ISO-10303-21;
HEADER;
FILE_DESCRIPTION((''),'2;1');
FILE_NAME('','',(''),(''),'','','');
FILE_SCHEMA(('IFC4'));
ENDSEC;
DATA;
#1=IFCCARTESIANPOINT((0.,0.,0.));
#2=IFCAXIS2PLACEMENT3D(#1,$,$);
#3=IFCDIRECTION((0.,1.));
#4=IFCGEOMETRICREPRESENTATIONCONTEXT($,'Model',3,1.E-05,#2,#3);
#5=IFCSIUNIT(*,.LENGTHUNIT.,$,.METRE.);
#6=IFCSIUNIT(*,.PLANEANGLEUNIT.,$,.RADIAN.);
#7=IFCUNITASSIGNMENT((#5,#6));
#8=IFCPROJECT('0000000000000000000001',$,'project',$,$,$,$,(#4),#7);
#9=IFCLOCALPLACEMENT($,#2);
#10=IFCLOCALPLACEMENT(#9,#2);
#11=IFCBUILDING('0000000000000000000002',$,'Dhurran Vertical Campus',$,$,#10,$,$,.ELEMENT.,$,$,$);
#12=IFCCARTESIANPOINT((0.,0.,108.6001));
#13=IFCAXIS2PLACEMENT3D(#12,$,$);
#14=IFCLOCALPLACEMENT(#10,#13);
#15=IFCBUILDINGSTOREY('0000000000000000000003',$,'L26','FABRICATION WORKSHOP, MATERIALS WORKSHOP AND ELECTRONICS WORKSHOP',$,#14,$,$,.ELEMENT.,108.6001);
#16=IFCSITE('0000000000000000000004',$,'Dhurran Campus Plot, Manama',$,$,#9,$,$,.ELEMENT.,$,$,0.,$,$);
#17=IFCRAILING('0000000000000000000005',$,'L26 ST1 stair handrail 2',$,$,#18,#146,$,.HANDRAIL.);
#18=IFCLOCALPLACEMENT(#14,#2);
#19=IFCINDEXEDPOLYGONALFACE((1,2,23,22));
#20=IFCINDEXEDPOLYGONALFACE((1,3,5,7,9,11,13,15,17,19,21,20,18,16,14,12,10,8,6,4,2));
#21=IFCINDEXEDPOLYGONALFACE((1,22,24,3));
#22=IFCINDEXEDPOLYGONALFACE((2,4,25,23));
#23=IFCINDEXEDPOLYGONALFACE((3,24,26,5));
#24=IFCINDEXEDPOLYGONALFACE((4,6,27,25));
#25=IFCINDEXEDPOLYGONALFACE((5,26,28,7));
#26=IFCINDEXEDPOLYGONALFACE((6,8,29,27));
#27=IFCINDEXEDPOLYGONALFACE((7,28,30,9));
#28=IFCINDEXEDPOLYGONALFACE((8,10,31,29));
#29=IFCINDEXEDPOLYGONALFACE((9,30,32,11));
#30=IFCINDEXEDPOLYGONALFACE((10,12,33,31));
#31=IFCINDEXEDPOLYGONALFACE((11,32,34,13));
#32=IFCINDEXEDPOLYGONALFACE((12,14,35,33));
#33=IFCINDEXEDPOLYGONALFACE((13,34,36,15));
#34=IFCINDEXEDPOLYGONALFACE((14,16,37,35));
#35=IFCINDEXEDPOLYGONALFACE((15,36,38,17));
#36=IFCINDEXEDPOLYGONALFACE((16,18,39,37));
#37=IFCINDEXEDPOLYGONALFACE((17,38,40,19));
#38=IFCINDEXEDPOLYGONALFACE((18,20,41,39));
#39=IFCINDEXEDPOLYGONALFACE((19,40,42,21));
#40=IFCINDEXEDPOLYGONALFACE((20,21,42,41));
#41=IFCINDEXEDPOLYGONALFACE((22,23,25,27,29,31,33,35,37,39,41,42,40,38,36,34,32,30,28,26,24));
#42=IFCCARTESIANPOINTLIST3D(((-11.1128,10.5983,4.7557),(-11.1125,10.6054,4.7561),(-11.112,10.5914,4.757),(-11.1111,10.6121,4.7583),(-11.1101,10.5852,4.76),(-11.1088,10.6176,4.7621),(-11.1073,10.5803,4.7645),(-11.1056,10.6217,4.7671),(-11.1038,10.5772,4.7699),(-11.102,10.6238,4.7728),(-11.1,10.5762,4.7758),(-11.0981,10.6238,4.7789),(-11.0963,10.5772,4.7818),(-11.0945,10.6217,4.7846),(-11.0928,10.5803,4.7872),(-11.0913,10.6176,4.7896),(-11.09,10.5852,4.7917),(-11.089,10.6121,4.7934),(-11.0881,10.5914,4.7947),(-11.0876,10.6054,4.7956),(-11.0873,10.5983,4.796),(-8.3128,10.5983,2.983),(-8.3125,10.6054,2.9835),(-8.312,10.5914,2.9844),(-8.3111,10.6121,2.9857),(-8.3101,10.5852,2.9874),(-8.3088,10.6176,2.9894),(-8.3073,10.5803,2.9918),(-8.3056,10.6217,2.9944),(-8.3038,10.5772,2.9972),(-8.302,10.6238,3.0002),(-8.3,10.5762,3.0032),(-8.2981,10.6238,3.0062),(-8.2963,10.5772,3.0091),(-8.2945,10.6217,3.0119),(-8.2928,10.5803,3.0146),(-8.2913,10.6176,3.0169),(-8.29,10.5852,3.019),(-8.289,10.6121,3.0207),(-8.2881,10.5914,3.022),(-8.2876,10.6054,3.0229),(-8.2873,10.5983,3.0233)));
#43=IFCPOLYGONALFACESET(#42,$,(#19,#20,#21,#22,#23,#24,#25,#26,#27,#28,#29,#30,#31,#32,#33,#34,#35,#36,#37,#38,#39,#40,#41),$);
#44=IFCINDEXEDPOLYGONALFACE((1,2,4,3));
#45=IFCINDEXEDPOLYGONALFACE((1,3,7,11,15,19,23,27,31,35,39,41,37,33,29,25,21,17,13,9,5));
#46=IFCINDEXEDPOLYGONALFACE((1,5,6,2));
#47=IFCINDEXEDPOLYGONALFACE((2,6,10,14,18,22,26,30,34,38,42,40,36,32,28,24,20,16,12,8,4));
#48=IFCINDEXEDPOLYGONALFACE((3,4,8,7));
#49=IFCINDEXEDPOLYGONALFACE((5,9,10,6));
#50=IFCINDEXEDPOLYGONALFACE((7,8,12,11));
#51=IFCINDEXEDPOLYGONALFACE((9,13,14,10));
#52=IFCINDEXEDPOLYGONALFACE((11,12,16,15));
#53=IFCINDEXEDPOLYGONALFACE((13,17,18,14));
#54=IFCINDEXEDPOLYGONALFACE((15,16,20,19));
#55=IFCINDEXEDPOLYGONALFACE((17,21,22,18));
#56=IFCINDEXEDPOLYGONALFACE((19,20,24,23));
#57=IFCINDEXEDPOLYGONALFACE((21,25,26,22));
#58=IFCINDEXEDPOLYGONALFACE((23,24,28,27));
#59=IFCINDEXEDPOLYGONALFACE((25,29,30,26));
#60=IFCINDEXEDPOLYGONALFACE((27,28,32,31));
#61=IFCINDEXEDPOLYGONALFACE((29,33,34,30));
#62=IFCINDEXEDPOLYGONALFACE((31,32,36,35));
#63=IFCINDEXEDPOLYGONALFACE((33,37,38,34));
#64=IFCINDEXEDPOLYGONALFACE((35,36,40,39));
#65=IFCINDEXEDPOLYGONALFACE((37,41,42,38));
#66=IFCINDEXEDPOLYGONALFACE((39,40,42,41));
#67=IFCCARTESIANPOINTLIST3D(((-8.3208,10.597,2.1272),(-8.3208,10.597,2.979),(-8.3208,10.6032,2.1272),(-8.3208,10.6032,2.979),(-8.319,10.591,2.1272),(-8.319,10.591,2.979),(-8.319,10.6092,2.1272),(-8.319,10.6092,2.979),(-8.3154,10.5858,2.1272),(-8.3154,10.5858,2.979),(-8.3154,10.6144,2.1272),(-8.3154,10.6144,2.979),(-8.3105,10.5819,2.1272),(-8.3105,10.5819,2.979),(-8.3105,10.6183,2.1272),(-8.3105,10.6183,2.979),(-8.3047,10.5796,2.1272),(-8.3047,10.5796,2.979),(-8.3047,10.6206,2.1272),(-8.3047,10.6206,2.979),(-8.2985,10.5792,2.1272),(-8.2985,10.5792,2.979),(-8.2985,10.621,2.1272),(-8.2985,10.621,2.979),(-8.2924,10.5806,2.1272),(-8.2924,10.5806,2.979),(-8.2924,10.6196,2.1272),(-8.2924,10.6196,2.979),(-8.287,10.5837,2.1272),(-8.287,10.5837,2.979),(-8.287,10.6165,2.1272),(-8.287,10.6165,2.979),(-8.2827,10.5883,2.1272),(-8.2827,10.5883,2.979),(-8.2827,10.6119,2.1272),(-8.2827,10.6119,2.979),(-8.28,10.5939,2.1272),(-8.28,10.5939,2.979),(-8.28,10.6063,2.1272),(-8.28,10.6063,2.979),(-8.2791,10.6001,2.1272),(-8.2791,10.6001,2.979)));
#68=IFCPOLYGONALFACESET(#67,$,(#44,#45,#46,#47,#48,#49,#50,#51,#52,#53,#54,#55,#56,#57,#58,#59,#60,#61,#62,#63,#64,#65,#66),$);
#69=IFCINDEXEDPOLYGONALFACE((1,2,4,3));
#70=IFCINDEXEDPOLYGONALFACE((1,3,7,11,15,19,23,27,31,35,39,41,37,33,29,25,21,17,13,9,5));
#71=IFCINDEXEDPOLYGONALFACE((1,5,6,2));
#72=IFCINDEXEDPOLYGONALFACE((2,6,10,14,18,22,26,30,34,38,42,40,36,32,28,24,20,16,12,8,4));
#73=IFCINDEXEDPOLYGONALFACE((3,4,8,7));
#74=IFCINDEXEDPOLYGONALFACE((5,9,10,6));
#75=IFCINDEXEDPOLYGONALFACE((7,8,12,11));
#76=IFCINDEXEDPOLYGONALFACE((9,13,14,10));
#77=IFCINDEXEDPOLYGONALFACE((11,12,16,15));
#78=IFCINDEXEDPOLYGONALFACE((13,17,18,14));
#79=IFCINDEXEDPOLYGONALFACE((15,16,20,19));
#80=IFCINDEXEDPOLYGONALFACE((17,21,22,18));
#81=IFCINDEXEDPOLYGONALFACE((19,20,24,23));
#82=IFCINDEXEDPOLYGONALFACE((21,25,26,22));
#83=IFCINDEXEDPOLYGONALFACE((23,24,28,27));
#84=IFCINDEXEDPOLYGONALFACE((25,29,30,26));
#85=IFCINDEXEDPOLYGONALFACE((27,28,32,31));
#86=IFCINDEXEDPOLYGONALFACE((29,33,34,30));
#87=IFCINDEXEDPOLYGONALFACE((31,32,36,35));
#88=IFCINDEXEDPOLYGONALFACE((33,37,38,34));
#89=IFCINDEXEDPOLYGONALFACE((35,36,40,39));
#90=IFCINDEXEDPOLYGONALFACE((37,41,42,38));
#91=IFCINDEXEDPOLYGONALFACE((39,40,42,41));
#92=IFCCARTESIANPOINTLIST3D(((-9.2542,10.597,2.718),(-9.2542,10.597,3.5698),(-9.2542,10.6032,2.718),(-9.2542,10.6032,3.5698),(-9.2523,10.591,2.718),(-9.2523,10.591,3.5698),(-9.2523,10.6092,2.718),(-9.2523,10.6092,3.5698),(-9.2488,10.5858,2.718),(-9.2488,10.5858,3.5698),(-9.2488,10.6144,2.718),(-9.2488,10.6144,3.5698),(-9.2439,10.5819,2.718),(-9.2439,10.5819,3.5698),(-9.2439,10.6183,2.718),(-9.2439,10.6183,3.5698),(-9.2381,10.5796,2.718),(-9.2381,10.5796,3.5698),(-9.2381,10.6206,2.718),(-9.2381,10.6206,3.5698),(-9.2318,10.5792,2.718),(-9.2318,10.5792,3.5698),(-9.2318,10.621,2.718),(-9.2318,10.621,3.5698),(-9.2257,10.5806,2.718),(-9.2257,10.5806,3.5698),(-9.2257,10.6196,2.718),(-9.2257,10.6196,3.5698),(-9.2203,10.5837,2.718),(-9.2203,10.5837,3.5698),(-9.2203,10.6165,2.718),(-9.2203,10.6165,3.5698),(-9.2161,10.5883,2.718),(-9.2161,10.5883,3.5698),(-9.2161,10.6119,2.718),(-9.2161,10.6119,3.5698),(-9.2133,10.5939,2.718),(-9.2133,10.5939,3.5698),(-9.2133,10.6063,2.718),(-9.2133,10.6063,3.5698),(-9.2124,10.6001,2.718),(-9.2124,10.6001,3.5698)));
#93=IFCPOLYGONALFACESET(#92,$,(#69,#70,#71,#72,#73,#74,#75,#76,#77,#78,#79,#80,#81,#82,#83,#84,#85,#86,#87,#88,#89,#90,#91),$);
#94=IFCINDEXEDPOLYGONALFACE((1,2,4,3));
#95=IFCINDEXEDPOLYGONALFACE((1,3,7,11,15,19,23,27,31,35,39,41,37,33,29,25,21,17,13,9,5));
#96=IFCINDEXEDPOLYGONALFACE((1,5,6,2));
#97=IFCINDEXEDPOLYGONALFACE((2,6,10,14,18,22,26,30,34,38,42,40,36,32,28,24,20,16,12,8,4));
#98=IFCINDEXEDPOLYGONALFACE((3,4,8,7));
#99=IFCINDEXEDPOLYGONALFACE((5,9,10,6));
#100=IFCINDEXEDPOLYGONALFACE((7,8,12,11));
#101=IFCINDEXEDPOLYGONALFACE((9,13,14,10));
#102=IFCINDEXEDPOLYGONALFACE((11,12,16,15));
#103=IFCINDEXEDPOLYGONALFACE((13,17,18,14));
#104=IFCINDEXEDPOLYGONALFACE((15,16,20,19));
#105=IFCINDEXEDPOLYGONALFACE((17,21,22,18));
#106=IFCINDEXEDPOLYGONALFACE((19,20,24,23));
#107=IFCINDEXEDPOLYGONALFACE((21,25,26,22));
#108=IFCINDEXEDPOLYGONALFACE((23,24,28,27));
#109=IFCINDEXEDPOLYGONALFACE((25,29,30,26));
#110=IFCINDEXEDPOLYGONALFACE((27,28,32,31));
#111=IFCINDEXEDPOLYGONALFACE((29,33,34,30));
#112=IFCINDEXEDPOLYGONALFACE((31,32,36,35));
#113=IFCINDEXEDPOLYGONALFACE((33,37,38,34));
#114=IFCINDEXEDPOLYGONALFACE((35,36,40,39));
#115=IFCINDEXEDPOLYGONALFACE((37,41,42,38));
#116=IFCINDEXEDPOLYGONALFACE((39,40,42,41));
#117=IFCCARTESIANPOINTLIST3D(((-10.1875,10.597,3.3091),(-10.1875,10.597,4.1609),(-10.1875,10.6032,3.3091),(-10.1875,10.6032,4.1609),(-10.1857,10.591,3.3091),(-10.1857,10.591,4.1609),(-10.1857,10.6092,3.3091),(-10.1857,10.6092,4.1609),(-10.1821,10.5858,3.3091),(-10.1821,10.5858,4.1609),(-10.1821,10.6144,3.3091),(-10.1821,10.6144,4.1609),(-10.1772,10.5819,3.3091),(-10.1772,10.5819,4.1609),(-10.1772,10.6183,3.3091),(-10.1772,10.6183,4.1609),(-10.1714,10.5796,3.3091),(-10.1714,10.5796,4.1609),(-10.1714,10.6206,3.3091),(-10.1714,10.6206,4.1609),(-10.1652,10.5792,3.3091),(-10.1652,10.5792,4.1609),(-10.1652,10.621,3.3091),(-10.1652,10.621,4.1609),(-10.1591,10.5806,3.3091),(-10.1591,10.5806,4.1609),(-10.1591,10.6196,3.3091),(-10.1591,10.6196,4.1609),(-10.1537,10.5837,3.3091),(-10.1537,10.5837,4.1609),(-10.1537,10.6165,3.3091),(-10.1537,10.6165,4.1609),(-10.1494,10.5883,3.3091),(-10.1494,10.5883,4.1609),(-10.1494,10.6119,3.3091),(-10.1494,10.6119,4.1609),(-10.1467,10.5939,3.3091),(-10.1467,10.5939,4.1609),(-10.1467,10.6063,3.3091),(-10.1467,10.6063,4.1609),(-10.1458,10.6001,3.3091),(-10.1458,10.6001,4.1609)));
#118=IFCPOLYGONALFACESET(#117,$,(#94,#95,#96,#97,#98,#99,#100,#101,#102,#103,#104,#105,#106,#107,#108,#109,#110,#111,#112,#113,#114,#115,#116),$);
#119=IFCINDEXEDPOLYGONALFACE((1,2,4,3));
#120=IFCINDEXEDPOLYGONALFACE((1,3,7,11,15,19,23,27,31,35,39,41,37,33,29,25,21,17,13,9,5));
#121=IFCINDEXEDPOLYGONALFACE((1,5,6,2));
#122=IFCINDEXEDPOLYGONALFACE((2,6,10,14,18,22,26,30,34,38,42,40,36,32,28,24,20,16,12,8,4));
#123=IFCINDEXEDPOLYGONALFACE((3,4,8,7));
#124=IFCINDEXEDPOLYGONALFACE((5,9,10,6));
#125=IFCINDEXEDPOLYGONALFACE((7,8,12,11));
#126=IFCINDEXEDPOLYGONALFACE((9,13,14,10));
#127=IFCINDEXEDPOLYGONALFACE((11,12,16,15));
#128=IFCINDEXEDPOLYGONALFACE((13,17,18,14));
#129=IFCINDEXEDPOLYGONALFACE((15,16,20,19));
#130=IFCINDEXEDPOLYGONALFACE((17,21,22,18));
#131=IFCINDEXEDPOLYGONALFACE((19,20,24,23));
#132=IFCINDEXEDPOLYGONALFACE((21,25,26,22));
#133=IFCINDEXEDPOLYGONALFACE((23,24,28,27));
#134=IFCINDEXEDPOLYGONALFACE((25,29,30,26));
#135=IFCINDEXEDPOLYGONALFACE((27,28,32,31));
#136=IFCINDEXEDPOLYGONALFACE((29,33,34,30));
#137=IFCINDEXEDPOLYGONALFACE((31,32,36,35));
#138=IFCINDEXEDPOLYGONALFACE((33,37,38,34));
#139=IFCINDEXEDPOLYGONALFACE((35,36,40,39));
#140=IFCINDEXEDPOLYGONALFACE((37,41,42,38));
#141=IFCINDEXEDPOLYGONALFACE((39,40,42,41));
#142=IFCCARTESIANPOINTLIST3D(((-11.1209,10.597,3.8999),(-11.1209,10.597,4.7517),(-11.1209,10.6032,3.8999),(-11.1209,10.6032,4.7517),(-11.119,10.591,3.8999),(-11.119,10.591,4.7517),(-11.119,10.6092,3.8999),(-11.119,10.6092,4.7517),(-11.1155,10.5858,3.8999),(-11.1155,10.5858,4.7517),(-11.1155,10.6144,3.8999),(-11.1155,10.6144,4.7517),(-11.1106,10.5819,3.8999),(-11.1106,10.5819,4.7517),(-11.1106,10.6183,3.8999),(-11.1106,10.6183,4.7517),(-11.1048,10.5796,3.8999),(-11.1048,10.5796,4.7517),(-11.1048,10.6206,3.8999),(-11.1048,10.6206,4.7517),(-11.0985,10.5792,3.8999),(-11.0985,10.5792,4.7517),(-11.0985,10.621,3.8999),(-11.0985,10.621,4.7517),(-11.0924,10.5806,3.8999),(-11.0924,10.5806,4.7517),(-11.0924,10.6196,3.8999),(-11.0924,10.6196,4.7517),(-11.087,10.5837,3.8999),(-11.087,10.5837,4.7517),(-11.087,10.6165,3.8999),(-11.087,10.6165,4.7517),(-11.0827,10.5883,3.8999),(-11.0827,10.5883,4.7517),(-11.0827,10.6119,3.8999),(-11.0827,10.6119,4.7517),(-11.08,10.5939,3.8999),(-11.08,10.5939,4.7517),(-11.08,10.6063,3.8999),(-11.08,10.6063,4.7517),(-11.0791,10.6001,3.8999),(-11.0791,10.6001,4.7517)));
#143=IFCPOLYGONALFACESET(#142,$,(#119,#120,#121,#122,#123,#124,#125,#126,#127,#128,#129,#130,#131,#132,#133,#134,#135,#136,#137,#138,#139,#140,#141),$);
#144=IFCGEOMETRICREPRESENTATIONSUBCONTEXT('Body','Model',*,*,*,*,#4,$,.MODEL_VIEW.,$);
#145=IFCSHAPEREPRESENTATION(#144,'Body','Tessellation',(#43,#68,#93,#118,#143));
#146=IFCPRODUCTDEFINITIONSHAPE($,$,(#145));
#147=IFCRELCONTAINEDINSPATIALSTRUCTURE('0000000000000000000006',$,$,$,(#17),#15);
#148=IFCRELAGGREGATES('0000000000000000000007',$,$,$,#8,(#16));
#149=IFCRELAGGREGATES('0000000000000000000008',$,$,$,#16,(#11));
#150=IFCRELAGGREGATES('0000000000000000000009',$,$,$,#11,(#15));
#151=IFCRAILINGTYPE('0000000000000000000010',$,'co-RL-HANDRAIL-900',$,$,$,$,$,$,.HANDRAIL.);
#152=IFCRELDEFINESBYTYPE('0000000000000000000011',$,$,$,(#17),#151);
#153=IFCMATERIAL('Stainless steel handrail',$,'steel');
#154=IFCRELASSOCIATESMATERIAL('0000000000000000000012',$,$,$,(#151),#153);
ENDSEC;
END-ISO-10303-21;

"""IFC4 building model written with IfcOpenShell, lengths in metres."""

from ifc_helpers import new_model, si_unit, direction, frame, origin, origin_2d, place, context, subcontext, project, spatial, circle, extrude, material, type_object, element, save


model = new_model("IFC4")

# Units and contexts
model_context = context("Model", 3, precision=1e-05, world=origin(), true_north=direction((0.0, 1.0)))
body_context = subcontext(model_context, "Body", "Model", "MODEL_VIEW")
ifc_project = project(units=[si_unit("LENGTHUNIT", "METRE"), si_unit("PLANEANGLEUNIT", "RADIAN")], contexts=[model_context])

# Site, building, storey
site_placement = place(None, origin())
site = spatial("IfcSite", under=ifc_project, at=site_placement, Name="Dhurran Campus Plot, Manama", CompositionType="ELEMENT", RefElevation=0.0)
building_placement = place(site_placement, origin())
building = spatial("IfcBuilding", under=site, at=building_placement, Name="Dhurran Vertical Campus", CompositionType="ELEMENT")
storey_placement = place(building_placement, frame((0.0, 0.0, 108.6001)))
storey = spatial("IfcBuildingStorey", under=building, at=storey_placement, Name="L26", Description="FABRICATION WORKSHOP, MATERIALS WORKSHOP AND ELECTRONICS WORKSHOP", CompositionType="ELEMENT", Elevation=108.6001)

# Railing
ifc_material_1 = material(Name="Stainless steel handrail", Category="steel")
railing_type = type_object("IfcRailingType", Name="co-RL-HANDRAIL-900", PredefinedType="HANDRAIL", material=ifc_material_1)
railing_placement = place(storey_placement, frame((-8.3, 10.6001, 2.1272)))
element("IfcRailing", 1, at=railing_placement, inside=storey, type_object=railing_type, Name="L26 ST1 stair handrail 2", PredefinedType="HANDRAIL", context=body_context, shape_type="SweptSolid", body=[
    extrude(circle(Radius=0.0239, at=origin_2d()), frame((0.0, 0.0, 0.876), z_axis=(-0.844909, 0.0, 0.53491), x_axis=(0.0, -1.0, 0.0)), (0.0, 0.0, 1.0), 3.314),
    extrude(circle(Radius=0.021, at=origin_2d()), origin(), (0.0, 0.0, 1.0), 0.8518),
    extrude(circle(Radius=0.021, at=origin_2d()), frame((-0.9333, 0.0, 0.5908)), (0.0, 0.0, 1.0), 0.8518),
    extrude(circle(Radius=0.021, at=origin_2d()), frame((-1.8667, 0.0, 1.1819)), (0.0, 0.0, 1.0), 0.8518),
    extrude(circle(Radius=0.021, at=origin_2d()), frame((-2.8, 0.0, 1.7727)), (0.0, 0.0, 1.0), 0.8518),
])

save(model, "model.ifc")
